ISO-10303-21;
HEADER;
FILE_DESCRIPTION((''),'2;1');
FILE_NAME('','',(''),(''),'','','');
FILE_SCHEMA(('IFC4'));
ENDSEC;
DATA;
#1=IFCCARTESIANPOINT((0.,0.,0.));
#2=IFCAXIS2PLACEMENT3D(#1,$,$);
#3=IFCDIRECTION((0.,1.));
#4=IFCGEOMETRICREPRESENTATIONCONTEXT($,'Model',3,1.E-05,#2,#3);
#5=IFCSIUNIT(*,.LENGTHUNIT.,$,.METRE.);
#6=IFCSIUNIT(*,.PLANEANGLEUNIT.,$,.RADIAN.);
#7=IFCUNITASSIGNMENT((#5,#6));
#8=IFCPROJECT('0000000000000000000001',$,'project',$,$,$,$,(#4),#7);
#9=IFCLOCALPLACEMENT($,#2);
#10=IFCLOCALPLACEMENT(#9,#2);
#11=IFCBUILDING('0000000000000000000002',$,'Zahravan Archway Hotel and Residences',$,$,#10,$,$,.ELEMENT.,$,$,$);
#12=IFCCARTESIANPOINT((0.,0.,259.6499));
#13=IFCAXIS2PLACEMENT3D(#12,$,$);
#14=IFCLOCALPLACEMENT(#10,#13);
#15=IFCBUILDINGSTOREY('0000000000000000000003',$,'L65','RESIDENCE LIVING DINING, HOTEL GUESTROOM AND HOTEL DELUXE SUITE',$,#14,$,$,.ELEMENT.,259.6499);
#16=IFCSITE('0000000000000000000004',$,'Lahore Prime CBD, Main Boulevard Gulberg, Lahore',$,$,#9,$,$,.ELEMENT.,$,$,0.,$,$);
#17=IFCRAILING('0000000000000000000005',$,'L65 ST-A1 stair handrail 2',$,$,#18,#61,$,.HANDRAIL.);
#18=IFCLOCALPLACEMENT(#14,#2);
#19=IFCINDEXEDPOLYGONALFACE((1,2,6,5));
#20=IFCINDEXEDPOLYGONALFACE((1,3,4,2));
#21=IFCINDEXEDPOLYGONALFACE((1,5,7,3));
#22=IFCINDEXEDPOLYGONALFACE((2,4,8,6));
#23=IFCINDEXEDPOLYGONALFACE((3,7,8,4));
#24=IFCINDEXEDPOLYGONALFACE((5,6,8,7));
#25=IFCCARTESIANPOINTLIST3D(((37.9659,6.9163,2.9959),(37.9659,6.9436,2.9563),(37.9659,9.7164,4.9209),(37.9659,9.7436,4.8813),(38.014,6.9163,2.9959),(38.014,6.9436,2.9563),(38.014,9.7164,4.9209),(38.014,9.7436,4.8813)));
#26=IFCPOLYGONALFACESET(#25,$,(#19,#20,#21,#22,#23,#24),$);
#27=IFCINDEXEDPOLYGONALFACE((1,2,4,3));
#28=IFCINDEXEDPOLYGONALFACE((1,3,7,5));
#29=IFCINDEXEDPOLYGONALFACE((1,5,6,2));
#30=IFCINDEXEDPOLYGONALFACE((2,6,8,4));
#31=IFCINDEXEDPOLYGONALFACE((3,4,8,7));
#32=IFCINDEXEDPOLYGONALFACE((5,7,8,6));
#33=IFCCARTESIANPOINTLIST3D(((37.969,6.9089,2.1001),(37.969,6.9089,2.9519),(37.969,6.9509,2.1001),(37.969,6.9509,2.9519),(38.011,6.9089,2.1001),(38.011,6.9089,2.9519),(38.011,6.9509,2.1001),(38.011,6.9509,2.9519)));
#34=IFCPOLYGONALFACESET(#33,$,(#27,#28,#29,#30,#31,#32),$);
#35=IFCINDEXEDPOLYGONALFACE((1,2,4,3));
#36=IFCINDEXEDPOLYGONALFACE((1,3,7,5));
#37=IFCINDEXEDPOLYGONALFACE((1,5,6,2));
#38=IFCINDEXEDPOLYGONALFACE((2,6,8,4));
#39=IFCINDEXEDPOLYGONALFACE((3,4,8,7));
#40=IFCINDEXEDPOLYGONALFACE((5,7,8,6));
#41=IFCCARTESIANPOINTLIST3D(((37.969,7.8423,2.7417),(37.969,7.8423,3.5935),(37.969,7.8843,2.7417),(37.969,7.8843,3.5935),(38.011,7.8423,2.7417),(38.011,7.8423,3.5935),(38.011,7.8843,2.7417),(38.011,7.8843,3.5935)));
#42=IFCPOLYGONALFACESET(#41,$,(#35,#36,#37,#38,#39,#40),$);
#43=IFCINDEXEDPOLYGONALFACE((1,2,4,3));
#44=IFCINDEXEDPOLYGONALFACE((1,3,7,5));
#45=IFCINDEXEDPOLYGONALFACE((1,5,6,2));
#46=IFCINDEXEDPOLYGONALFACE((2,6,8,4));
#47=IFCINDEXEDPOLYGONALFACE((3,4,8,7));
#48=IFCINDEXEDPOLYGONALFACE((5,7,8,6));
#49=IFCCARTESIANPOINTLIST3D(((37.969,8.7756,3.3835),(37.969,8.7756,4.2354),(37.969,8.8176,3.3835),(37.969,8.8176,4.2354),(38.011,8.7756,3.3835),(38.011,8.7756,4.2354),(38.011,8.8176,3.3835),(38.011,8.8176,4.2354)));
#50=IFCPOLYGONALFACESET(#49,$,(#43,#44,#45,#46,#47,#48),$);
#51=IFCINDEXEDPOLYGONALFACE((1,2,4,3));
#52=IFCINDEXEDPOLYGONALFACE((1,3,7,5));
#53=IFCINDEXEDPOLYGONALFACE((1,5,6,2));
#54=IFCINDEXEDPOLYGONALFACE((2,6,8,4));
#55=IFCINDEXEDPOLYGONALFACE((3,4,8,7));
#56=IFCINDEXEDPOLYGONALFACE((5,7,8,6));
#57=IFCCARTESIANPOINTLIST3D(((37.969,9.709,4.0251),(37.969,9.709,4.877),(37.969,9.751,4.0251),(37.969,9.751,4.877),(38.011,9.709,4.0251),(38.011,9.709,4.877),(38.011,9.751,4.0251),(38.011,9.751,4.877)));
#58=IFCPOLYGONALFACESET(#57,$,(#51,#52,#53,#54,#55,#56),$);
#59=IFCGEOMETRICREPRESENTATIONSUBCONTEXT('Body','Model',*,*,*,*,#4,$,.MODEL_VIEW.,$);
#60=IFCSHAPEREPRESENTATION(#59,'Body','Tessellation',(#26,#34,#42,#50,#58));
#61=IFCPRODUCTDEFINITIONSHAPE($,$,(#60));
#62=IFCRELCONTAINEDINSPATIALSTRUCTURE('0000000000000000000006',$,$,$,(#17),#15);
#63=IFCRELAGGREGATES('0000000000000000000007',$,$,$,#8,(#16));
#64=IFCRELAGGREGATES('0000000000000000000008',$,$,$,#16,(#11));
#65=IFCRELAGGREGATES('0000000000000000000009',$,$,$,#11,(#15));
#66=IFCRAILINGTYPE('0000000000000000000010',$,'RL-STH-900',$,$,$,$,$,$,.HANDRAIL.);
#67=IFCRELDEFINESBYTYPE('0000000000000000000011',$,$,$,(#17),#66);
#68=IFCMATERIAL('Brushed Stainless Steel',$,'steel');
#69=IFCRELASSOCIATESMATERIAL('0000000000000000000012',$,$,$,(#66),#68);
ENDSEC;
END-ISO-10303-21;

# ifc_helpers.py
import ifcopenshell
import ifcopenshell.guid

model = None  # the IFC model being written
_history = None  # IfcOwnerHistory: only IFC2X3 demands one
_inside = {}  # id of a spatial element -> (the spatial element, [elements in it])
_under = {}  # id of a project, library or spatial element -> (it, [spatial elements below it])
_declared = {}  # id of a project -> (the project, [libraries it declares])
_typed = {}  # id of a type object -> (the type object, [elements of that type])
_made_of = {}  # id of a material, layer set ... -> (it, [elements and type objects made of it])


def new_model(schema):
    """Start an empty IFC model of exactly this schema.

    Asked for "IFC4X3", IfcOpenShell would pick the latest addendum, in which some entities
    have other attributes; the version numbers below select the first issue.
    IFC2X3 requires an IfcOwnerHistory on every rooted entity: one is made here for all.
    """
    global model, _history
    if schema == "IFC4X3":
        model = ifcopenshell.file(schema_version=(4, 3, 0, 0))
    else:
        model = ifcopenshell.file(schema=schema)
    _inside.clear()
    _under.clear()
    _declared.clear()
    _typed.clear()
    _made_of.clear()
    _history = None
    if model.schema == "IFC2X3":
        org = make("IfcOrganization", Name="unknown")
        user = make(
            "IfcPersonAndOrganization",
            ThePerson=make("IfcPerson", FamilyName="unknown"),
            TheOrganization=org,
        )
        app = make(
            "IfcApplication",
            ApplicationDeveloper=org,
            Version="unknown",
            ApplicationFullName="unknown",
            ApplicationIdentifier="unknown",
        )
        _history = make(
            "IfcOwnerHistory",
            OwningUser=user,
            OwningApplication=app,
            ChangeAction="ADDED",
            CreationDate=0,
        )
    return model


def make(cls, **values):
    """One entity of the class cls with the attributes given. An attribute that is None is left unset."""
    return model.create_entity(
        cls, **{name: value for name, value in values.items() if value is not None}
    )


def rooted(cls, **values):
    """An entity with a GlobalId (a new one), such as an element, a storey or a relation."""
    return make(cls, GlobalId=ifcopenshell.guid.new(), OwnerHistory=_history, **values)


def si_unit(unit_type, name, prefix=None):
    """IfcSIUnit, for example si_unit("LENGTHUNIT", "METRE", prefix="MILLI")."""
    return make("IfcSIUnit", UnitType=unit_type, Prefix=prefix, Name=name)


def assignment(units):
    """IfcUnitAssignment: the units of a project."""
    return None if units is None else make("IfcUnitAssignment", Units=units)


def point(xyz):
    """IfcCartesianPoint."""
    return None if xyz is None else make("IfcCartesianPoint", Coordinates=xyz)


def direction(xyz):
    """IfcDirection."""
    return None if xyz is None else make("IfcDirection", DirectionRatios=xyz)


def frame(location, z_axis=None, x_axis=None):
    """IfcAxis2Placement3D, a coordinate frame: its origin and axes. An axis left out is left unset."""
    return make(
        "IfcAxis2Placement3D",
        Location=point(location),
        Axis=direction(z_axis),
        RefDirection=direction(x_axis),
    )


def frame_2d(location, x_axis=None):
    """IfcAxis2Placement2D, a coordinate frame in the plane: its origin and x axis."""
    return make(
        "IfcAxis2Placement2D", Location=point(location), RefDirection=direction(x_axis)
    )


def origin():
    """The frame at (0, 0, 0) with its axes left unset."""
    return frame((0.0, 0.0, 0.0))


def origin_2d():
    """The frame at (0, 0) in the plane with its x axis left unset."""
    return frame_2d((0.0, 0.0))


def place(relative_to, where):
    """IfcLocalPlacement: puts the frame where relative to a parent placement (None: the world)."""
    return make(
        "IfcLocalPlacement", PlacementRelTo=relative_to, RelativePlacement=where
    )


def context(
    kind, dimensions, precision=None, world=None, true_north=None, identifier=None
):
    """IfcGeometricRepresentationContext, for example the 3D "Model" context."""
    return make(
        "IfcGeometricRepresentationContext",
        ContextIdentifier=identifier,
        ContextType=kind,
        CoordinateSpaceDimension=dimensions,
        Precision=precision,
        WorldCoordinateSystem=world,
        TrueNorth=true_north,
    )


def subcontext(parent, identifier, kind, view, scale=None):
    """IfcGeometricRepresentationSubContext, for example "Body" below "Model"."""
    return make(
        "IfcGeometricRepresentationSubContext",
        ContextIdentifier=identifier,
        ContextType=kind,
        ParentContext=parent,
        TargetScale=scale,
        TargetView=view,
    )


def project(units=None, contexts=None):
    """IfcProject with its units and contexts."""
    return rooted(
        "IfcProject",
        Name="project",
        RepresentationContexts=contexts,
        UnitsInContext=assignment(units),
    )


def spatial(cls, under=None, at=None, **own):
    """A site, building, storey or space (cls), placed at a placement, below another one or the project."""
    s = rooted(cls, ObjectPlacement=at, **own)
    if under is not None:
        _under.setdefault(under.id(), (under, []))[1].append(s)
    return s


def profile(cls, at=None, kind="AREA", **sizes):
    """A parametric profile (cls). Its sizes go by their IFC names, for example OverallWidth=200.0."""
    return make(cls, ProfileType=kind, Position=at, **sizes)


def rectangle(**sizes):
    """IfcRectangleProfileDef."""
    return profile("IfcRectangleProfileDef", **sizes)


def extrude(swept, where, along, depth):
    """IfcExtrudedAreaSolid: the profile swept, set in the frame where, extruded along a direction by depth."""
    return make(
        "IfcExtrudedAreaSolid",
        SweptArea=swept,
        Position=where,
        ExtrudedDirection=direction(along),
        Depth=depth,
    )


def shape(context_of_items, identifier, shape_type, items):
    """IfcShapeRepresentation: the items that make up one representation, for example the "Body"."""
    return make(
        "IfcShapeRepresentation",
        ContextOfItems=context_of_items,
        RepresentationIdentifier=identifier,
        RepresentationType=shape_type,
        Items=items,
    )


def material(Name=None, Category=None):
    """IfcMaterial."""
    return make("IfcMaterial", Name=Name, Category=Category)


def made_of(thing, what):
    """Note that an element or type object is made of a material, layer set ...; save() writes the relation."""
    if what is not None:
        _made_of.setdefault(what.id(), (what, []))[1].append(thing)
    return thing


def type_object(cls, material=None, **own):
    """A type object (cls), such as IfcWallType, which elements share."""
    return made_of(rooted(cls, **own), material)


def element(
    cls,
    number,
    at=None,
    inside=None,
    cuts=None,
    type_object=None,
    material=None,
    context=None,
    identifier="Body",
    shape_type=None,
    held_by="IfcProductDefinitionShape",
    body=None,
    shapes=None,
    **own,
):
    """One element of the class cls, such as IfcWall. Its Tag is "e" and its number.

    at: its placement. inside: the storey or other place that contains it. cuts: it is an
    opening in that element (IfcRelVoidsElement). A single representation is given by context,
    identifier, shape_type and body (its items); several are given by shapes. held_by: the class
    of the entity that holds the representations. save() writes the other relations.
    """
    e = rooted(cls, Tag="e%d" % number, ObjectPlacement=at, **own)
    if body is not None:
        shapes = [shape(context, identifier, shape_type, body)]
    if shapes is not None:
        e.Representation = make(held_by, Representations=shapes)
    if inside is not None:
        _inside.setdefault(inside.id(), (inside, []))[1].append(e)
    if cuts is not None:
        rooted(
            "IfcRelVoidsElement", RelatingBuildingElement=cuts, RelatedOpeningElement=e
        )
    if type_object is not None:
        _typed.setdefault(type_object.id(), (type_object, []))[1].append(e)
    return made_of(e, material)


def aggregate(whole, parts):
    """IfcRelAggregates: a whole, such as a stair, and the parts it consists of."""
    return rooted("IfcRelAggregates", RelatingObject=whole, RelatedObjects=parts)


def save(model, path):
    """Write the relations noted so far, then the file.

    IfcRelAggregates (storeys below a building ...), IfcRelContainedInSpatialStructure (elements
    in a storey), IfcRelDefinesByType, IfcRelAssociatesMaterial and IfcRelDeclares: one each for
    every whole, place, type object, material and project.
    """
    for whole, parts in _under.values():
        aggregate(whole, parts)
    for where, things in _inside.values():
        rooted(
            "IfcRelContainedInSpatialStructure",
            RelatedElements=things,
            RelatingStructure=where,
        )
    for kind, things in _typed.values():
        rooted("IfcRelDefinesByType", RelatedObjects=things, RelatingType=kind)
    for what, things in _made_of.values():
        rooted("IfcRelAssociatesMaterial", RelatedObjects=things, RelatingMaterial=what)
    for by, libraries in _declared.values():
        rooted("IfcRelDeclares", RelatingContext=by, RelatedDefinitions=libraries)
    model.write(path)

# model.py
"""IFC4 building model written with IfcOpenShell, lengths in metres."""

from ifc_helpers import new_model, si_unit, direction, frame, origin, origin_2d, place, context, subcontext, project, spatial, rectangle, extrude, material, type_object, element, save


model = new_model("IFC4")

# Units and contexts
model_context = context("Model", 3, precision=1e-05, world=origin(), true_north=direction((0.0, 1.0)))
body_context = subcontext(model_context, "Body", "Model", "MODEL_VIEW")
ifc_project = project(units=[si_unit("LENGTHUNIT", "METRE"), si_unit("PLANEANGLEUNIT", "RADIAN")], contexts=[model_context])

# Site, building, storey
site_placement = place(None, origin())
site = spatial("IfcSite", under=ifc_project, at=site_placement, Name="Lahore Prime CBD, Main Boulevard Gulberg, Lahore", CompositionType="ELEMENT", RefElevation=0.0)
building_placement = place(site_placement, origin())
building = spatial("IfcBuilding", under=site, at=building_placement, Name="Zahravan Archway Hotel and Residences", CompositionType="ELEMENT")
storey_placement = place(building_placement, frame((0.0, 0.0, 259.6499)))
storey = spatial("IfcBuildingStorey", under=building, at=storey_placement, Name="L65", Description="RESIDENCE LIVING DINING, HOTEL GUESTROOM AND HOTEL DELUXE SUITE", CompositionType="ELEMENT", Elevation=259.6499)

# Railing
ifc_material_1 = material(Name="Brushed Stainless Steel", Category="steel")
railing_type_1 = type_object("IfcRailingType", Name="RL-STH-900", PredefinedType="HANDRAIL", material=ifc_material_1)
railing_1_placement = place(storey_placement, frame((37.99, 6.9299, 2.1001)))
element("IfcRailing", 1, at=railing_1_placement, inside=storey, type_object=railing_type_1, Name="L65 ST-A1 stair handrail 2", PredefinedType="HANDRAIL", context=body_context, shape_type="SweptSolid", body=[
    extrude(rectangle(XDim=0.0481, YDim=0.0481, at=origin_2d()), frame((0.0, 0.0, 0.876), z_axis=(0.0, 0.82404, 0.566532), x_axis=(-1.0, 0.0, 0.0)), (0.0, 0.0, 1.0), 3.3979),
    extrude(rectangle(XDim=0.042, YDim=0.042, at=origin_2d()), origin(), (0.0, 0.0, 1.0), 0.8518),
    extrude(rectangle(XDim=0.042, YDim=0.042, at=origin_2d()), frame((0.0, 0.9333, 0.6416)), (0.0, 0.0, 1.0), 0.8518),
    extrude(rectangle(XDim=0.042, YDim=0.042, at=origin_2d()), frame((0.0, 1.8667, 1.2834)), (0.0, 0.0, 1.0), 0.8518),
    extrude(rectangle(XDim=0.042, YDim=0.042, at=origin_2d()), frame((0.0, 2.8, 1.925)), (0.0, 0.0, 1.0), 0.8518),
])

save(model, "model.ifc")
